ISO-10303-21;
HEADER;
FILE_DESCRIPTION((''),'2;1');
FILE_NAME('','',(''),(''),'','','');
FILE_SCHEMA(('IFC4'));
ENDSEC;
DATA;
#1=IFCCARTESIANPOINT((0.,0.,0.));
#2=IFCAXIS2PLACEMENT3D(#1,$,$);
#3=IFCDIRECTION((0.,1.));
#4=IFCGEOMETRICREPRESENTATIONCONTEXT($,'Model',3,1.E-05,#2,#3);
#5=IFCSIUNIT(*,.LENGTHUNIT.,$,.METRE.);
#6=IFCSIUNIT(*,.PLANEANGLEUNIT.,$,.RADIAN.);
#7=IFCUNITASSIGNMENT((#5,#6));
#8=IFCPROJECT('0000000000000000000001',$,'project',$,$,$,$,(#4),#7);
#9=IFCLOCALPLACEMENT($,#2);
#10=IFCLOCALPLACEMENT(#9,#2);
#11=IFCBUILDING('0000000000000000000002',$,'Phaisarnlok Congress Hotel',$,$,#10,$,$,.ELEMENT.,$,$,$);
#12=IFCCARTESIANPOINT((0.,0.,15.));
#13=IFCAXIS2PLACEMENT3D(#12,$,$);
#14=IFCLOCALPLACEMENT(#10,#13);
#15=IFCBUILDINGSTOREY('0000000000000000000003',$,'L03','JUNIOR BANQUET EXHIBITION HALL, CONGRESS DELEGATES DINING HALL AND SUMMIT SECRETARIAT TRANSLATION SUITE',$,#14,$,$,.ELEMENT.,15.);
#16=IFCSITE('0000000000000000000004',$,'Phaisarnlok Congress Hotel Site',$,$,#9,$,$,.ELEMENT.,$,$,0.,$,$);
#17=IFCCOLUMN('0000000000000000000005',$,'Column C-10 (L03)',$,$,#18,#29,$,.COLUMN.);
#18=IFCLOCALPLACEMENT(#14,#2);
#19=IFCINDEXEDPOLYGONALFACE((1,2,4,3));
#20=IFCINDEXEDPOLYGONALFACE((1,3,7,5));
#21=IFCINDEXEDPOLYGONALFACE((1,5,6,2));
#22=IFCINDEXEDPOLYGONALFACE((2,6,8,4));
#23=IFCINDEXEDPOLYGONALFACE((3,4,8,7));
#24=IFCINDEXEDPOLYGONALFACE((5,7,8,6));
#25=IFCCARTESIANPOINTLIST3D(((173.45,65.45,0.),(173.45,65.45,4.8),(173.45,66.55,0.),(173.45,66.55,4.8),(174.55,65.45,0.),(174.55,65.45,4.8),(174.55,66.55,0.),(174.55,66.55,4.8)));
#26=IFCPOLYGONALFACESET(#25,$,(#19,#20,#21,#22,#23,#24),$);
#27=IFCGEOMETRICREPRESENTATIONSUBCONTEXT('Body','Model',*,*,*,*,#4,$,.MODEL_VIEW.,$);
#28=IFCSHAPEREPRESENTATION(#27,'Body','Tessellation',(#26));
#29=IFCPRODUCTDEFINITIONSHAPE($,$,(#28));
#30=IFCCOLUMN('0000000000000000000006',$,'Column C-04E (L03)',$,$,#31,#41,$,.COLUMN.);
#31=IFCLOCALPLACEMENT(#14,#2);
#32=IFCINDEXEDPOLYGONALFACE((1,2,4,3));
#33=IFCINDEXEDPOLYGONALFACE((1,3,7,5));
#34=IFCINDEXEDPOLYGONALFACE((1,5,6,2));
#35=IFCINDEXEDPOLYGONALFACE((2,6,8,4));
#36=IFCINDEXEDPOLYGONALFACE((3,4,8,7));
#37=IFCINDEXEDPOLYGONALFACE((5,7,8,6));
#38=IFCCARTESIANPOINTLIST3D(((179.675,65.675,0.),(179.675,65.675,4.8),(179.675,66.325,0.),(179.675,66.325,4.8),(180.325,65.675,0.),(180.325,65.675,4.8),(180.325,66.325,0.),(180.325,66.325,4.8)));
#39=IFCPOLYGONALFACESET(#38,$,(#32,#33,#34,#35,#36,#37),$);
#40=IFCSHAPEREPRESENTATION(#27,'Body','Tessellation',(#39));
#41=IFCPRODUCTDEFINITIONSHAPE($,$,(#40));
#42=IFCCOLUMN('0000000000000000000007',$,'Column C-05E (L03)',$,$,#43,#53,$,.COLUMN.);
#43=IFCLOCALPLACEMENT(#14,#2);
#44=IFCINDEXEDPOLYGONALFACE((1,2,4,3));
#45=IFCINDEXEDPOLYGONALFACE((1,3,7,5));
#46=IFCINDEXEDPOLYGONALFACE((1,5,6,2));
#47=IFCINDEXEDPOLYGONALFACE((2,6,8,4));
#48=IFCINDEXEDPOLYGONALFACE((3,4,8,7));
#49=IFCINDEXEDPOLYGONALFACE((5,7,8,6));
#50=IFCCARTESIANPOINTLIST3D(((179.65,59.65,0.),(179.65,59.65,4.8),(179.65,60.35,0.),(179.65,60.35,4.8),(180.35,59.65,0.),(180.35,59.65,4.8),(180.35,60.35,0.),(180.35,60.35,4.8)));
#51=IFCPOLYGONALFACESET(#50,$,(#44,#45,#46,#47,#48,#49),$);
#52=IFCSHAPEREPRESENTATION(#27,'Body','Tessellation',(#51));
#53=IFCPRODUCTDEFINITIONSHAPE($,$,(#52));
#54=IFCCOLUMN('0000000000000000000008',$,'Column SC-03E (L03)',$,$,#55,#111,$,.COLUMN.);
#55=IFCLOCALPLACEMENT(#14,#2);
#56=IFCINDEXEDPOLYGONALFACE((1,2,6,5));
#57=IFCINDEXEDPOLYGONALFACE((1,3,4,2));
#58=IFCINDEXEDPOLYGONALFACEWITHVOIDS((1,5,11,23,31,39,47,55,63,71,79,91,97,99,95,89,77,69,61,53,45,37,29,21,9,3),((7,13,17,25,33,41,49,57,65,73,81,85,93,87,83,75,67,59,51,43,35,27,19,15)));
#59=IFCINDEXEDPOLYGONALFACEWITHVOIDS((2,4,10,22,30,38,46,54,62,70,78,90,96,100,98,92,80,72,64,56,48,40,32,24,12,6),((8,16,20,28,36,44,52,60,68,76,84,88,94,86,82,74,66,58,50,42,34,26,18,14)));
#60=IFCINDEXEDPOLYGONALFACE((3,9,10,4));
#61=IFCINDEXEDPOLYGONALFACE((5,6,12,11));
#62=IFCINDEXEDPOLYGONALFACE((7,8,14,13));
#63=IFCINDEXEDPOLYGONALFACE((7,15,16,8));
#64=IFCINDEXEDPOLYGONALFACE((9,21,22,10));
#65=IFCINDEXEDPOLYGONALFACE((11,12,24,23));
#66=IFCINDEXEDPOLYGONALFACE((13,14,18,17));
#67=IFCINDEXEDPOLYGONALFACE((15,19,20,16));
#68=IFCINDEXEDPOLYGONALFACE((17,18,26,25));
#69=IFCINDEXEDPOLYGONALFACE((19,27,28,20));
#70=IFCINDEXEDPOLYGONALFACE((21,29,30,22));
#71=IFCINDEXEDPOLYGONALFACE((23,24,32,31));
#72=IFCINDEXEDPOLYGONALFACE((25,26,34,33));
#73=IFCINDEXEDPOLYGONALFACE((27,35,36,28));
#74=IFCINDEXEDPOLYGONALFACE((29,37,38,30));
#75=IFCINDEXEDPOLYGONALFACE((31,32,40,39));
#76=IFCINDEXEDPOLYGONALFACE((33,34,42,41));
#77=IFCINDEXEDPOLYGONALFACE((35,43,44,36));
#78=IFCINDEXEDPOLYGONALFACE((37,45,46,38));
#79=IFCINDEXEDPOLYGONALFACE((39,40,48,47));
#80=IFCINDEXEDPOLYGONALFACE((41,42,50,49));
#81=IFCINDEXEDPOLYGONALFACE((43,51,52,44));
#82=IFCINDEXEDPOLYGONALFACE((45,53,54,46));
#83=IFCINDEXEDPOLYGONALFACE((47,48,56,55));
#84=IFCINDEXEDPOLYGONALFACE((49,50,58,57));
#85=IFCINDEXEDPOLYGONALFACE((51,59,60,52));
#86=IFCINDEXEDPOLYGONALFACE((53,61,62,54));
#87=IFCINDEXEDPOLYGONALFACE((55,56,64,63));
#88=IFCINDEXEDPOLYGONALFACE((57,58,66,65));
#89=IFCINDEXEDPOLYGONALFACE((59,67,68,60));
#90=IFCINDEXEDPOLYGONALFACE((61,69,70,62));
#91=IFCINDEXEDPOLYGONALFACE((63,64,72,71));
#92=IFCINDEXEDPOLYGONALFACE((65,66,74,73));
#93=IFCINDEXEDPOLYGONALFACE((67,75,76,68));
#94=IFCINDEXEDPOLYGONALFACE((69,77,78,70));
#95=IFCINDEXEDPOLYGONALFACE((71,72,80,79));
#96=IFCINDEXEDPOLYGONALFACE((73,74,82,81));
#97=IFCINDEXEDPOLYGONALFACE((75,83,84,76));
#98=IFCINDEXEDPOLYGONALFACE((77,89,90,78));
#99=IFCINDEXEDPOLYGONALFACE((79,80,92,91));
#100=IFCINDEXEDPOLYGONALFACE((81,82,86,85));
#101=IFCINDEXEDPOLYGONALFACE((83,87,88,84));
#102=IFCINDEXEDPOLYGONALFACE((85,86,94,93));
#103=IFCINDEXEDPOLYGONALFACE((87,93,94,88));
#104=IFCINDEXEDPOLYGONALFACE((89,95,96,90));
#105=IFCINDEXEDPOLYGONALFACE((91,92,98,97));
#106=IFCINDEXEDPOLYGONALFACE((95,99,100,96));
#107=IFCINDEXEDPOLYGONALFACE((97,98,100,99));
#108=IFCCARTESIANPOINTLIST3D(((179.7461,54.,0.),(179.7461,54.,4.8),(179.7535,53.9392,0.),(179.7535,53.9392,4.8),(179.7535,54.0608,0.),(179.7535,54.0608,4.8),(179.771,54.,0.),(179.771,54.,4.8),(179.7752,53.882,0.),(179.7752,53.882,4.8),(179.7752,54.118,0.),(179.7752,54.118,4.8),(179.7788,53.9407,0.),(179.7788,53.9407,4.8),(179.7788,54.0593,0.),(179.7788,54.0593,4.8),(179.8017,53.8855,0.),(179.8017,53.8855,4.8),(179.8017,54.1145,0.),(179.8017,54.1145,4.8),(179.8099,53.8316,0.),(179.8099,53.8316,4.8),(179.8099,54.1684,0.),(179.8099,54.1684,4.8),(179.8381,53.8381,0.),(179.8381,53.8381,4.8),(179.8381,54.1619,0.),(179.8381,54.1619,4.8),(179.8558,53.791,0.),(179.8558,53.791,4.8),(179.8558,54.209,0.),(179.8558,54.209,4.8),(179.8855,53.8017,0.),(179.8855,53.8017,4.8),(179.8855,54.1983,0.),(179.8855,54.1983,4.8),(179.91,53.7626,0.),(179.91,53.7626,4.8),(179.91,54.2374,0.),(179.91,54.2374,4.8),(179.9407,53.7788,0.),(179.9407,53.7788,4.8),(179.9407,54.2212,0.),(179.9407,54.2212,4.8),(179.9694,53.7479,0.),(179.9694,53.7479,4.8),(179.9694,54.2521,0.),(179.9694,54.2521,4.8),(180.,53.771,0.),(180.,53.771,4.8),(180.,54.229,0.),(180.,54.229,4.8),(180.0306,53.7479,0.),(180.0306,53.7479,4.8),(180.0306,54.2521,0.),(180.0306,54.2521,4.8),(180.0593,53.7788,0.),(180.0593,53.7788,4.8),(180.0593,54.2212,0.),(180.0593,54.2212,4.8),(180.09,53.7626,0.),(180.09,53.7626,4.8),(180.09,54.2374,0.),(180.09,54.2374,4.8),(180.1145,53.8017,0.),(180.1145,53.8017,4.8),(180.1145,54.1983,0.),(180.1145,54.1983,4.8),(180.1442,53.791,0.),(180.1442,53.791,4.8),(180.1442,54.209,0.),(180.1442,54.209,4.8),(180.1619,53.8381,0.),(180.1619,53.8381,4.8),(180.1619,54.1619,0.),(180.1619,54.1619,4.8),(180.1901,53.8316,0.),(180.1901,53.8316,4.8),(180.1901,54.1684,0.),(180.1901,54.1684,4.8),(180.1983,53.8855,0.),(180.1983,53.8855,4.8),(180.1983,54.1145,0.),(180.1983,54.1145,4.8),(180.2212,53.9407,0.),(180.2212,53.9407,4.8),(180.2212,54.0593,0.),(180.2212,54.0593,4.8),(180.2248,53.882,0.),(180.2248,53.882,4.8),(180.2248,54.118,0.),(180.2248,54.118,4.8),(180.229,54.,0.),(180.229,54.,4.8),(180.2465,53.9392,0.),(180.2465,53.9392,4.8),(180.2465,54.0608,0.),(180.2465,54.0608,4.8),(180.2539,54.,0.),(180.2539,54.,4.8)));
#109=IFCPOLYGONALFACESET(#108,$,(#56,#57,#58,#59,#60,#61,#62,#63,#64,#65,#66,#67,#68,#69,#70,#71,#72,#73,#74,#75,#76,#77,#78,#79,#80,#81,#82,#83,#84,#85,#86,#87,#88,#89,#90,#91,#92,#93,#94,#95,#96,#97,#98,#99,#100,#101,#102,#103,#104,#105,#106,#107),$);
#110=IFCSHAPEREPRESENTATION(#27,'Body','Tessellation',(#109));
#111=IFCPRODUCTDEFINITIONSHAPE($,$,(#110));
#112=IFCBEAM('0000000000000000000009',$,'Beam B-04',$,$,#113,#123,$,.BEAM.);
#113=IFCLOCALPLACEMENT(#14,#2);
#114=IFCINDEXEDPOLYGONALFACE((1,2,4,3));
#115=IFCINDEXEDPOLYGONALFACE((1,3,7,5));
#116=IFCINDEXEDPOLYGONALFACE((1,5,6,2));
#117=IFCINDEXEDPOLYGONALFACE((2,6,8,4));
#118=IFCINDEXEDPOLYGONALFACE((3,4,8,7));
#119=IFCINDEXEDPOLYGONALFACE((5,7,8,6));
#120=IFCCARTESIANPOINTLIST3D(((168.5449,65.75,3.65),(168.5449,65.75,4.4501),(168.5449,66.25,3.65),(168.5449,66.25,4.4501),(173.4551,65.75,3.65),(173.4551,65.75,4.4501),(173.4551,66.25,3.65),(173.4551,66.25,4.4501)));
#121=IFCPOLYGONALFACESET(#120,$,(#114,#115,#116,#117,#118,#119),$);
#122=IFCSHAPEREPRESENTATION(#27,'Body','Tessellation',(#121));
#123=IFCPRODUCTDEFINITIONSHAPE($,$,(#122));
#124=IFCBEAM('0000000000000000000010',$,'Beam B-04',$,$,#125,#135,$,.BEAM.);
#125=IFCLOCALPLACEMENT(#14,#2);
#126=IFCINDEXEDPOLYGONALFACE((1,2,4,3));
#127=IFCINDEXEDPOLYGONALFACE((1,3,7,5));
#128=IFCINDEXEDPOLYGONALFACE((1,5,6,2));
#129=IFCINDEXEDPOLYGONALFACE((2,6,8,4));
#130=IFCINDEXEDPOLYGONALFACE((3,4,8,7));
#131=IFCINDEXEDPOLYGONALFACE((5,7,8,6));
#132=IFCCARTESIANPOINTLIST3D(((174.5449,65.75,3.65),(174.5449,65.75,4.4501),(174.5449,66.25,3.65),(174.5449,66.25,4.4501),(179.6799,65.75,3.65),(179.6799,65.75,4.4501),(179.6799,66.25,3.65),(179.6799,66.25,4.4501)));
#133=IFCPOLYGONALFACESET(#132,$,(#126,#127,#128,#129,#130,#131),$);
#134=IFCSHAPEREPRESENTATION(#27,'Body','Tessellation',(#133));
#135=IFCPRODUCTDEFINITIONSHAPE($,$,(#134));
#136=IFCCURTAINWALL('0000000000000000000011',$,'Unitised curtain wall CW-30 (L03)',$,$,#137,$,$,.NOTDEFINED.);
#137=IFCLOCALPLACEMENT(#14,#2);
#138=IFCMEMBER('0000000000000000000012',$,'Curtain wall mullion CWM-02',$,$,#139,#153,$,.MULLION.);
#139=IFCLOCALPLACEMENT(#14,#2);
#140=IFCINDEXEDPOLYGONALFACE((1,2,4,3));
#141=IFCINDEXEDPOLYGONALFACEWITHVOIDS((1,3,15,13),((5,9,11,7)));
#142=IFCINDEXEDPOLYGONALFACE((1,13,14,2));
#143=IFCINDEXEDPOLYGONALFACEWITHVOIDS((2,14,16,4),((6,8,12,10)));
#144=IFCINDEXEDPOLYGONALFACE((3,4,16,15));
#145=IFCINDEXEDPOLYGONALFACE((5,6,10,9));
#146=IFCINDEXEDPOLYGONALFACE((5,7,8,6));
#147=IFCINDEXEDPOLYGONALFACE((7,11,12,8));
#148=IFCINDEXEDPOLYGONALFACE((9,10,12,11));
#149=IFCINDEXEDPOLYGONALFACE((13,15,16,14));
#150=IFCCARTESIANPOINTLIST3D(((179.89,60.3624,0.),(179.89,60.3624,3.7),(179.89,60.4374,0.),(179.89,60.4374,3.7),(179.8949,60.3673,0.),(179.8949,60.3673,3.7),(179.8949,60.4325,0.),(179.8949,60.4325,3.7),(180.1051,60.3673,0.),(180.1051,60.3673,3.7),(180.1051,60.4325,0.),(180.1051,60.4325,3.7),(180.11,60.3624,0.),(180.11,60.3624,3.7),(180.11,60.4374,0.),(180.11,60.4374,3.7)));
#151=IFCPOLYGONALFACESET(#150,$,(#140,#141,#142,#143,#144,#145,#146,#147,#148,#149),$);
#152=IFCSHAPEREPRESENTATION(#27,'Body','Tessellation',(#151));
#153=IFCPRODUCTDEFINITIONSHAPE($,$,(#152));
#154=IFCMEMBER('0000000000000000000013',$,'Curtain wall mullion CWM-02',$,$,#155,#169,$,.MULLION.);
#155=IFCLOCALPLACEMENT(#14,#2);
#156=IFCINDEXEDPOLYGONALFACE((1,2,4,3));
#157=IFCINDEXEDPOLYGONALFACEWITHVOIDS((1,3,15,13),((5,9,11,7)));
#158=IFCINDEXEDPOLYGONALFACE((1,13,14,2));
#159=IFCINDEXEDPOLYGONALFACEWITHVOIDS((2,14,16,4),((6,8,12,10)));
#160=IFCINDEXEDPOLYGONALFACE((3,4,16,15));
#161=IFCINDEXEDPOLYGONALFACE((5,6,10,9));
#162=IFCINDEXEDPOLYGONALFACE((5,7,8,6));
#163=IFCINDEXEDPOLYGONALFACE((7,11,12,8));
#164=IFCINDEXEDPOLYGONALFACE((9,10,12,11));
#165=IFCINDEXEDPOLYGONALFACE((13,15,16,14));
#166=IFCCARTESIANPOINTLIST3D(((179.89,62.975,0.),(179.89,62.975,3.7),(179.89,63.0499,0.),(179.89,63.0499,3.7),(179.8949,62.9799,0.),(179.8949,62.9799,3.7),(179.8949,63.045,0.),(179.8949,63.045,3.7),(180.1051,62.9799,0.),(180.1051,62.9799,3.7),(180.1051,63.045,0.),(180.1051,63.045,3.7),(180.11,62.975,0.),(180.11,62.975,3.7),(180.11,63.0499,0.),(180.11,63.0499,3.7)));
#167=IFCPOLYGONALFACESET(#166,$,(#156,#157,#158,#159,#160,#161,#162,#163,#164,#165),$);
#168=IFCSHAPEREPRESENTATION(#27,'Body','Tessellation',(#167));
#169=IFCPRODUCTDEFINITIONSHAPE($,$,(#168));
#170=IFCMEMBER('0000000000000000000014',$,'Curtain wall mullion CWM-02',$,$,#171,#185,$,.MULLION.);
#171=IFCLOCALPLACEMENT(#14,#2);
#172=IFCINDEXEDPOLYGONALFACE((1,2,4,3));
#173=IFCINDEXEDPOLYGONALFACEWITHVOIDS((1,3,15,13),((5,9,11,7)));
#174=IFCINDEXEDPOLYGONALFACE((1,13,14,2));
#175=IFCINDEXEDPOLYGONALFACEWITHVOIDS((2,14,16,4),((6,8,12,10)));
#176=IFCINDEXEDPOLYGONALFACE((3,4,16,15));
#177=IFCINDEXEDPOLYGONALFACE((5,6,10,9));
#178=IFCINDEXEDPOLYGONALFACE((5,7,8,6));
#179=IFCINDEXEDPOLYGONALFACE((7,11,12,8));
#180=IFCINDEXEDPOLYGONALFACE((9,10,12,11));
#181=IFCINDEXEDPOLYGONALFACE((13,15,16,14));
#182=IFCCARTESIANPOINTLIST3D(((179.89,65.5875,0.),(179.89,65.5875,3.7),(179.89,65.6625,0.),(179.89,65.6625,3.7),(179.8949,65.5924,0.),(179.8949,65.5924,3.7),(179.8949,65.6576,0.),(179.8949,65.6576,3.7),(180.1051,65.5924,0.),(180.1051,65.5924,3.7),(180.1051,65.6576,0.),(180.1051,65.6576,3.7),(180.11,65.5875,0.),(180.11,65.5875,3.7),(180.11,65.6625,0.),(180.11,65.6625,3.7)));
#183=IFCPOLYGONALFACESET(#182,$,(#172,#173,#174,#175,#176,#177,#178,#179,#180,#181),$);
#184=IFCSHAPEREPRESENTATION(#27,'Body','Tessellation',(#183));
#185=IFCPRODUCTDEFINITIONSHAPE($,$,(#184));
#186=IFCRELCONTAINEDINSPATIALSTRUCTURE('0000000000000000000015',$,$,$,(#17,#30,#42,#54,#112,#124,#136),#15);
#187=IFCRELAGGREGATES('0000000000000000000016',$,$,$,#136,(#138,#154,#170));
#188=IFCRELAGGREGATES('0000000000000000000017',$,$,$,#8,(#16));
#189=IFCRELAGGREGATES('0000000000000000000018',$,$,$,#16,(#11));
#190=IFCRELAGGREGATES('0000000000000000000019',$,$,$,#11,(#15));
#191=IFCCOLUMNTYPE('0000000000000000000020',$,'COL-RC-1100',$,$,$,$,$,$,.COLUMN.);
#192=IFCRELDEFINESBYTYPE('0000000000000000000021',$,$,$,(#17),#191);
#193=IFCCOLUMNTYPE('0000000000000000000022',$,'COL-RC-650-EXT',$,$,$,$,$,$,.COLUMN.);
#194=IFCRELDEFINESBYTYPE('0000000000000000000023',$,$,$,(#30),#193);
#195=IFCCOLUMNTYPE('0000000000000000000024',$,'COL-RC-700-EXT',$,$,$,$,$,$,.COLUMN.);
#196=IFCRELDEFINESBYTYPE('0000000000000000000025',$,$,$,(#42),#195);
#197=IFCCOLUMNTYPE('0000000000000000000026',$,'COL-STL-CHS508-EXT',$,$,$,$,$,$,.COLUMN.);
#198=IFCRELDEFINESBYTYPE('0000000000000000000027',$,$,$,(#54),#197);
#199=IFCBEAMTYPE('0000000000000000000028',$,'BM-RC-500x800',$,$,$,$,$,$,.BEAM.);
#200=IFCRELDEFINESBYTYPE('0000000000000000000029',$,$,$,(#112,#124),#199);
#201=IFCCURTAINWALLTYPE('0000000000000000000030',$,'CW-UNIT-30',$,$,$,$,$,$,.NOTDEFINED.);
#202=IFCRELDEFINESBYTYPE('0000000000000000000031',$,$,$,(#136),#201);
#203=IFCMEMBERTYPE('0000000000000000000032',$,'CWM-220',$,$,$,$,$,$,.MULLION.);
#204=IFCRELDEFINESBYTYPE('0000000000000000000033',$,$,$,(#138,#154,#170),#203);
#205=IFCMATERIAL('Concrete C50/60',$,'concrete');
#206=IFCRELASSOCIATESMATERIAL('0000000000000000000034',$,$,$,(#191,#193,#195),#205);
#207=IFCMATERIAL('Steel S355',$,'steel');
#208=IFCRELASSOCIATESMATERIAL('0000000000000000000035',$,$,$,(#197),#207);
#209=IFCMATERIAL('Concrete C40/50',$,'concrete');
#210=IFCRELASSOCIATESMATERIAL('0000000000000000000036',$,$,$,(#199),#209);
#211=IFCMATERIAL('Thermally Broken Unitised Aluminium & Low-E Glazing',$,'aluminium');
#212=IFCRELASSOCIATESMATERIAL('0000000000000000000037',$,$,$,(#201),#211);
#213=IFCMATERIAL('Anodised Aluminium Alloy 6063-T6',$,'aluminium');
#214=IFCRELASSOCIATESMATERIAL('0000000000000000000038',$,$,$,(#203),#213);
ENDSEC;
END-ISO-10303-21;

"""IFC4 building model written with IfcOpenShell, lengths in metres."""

from ifc_helpers import new_model, si_unit, direction, frame, origin, origin_2d, place, context, subcontext, project, spatial, rectangle, hollow_rectangle, hollow_circle, extrude, material, material_profile, profile_set, type_object, element, aggregate, save


model = new_model("IFC4")

# Units and contexts
model_context = context("Model", 3, precision=1e-05, world=origin(), true_north=direction((0.0, 1.0)))
body_context = subcontext(model_context, "Body", "Model", "MODEL_VIEW")
ifc_project = project(units=[si_unit("LENGTHUNIT", "METRE"), si_unit("PLANEANGLEUNIT", "RADIAN")], contexts=[model_context])

# Site, building, storey
site_placement = place(None, origin())
site = spatial("IfcSite", under=ifc_project, at=site_placement, Name="Phaisarnlok Congress Hotel Site", CompositionType="ELEMENT", RefElevation=0.0)
building_placement = place(site_placement, origin())
building = spatial("IfcBuilding", under=site, at=building_placement, Name="Phaisarnlok Congress Hotel", CompositionType="ELEMENT")
storey_placement = place(building_placement, frame((0.0, 0.0, 15.0)))
storey = spatial("IfcBuildingStorey", under=building, at=storey_placement, Name="L03", Description="JUNIOR BANQUET EXHIBITION HALL, CONGRESS DELEGATES DINING HALL AND SUMMIT SECRETARIAT TRANSLATION SUITE", CompositionType="ELEMENT", Elevation=15.0)

# Columns
ifc_material_1 = material(Name="Concrete C50/60", Category="concrete")
ifc_material_profile_1 = material_profile(ifc_material_1, rectangle(XDim=1.1001, YDim=1.1001, at=origin_2d()), Name="RC 1100x1100")
ifc_profile_set_1 = profile_set([ifc_material_profile_1], Name="Concrete C50/60")
column_type_1 = type_object("IfcColumnType", Name="COL-RC-1100", PredefinedType="COLUMN", material=ifc_profile_set_1)
column_1_placement = place(storey_placement, frame((174.0, 66.0, 0.0), z_axis=(0.0, 0.0, 1.0), x_axis=(1.0, 0.0, 0.0)))
element("IfcColumn", 1, at=column_1_placement, inside=storey, type_object=column_type_1, Name="Column C-10 (L03)", PredefinedType="COLUMN", context=body_context, shape_type="SweptSolid", body=[
    extrude(rectangle(XDim=1.1001, YDim=1.1001, at=origin_2d()), origin(), (0.0, 0.0, 1.0), 4.8),
])
ifc_material_profile_2 = material_profile(ifc_material_1, rectangle(XDim=0.6499, YDim=0.6499, at=origin_2d()), Name="RC 650x650")
ifc_profile_set_2 = profile_set([ifc_material_profile_2], Name="Concrete C50/60")
column_type_2 = type_object("IfcColumnType", Name="COL-RC-650-EXT", PredefinedType="COLUMN", material=ifc_profile_set_2)
column_2_placement = place(storey_placement, frame((180.0, 66.0, 0.0), z_axis=(0.0, 0.0, 1.0), x_axis=(1.0, 0.0, 0.0)))
element("IfcColumn", 2, at=column_2_placement, inside=storey, type_object=column_type_2, Name="Column C-04E (L03)", PredefinedType="COLUMN", context=body_context, shape_type="SweptSolid", body=[
    extrude(rectangle(XDim=0.6499, YDim=0.6499, at=origin_2d()), origin(), (0.0, 0.0, 1.0), 4.8),
])
ifc_material_profile_3 = material_profile(ifc_material_1, rectangle(XDim=0.7, YDim=0.7, at=origin_2d()), Name="RC 700x700")
ifc_profile_set_3 = profile_set([ifc_material_profile_3], Name="Concrete C50/60")
column_type_3 = type_object("IfcColumnType", Name="COL-RC-700-EXT", PredefinedType="COLUMN", material=ifc_profile_set_3)
column_3_placement = place(storey_placement, frame((180.0, 60.0, 0.0), z_axis=(0.0, 0.0, 1.0), x_axis=(1.0, 0.0, 0.0)))
element("IfcColumn", 3, at=column_3_placement, inside=storey, type_object=column_type_3, Name="Column C-05E (L03)", PredefinedType="COLUMN", context=body_context, shape_type="SweptSolid", body=[
    extrude(rectangle(XDim=0.7, YDim=0.7, at=origin_2d()), origin(), (0.0, 0.0, 1.0), 4.8),
])
ifc_material_2 = material(Name="Steel S355", Category="steel")
ifc_material_profile_4 = material_profile(ifc_material_2, hollow_circle(Radius=0.2539, WallThickness=0.0249, at=origin_2d()), Name="CHS 508x25")
ifc_profile_set_4 = profile_set([ifc_material_profile_4], Name="Steel S355")
column_type_4 = type_object("IfcColumnType", Name="COL-STL-CHS508-EXT", PredefinedType="COLUMN", material=ifc_profile_set_4)
column_4_placement = place(storey_placement, frame((180.0, 54.0, 0.0), z_axis=(0.0, 0.0, 1.0), x_axis=(1.0, 0.0, 0.0)))
element("IfcColumn", 4, at=column_4_placement, inside=storey, type_object=column_type_4, Name="Column SC-03E (L03)", PredefinedType="COLUMN", context=body_context, shape_type="SweptSolid", body=[
    extrude(hollow_circle(Radius=0.2539, WallThickness=0.0249, at=origin_2d()), origin(), (0.0, 0.0, 1.0), 4.8),
])

# Beams
ifc_material_3 = material(Name="Concrete C40/50", Category="concrete")
ifc_material_profile_5 = material_profile(ifc_material_3, rectangle(XDim=0.5, YDim=0.8, at=origin_2d()), Name="RC 500x800")
ifc_profile_set_5 = profile_set([ifc_material_profile_5], Name="Concrete C40/50")
beam_type_1 = type_object("IfcBeamType", Name="BM-RC-500x800", PredefinedType="BEAM", material=ifc_profile_set_5)
beam_1_placement = place(storey_placement, frame((168.5449, 66.0, 4.05), z_axis=(1.0, 0.0, 0.0), x_axis=(0.0, 1.0, 0.0)))
element("IfcBeam", 5, at=beam_1_placement, inside=storey, type_object=beam_type_1, Name="Beam B-04", PredefinedType="BEAM", context=body_context, shape_type="SweptSolid", body=[
    extrude(rectangle(XDim=0.5, YDim=0.8, at=origin_2d()), origin(), (0.0, 0.0, 1.0), 4.9102),
])
beam_2_placement = place(storey_placement, frame((174.5449, 66.0, 4.05), z_axis=(1.0, 0.0, 0.0), x_axis=(0.0, 1.0, 0.0)))
element("IfcBeam", 6, at=beam_2_placement, inside=storey, type_object=beam_type_1, Name="Beam B-04", PredefinedType="BEAM", context=body_context, shape_type="SweptSolid", body=[
    extrude(rectangle(XDim=0.5, YDim=0.8, at=origin_2d()), origin(), (0.0, 0.0, 1.0), 5.135),
])

# Curtain wall, members
ifc_material_4 = material(Name="Thermally Broken Unitised Aluminium & Low-E Glazing", Category="aluminium")
curtain_wall_type = type_object("IfcCurtainWallType", Name="CW-UNIT-30", PredefinedType="NOTDEFINED", material=ifc_material_4)
curtain_wall_placement = place(storey_placement, origin())
curtain_wall = element("IfcCurtainWall", 7, at=curtain_wall_placement, inside=storey, type_object=curtain_wall_type, Name="Unitised curtain wall CW-30 (L03)", PredefinedType="NOTDEFINED")
ifc_material_5 = material(Name="Anodised Aluminium Alloy 6063-T6", Category="aluminium")
ifc_material_profile_6 = material_profile(ifc_material_5, hollow_rectangle(XDim=0.075, YDim=0.22, WallThickness=0.0049, at=origin_2d()), Name="ALU-M 75x220x5")
ifc_profile_set_6 = profile_set([ifc_material_profile_6], Name="Anodised Aluminium Alloy 6063-T6")
member_type_1 = type_object("IfcMemberType", Name="CWM-220", PredefinedType="MULLION", material=ifc_profile_set_6)
member_1_placement = place(storey_placement, frame((180.0, 60.3999, 0.0), z_axis=(0.0, 0.0, 1.0), x_axis=(0.0, 1.0, 0.0)))
member_1 = element("IfcMember", 8, at=member_1_placement, type_object=member_type_1, Name="Curtain wall mullion CWM-02", PredefinedType="MULLION", context=body_context, shape_type="SweptSolid", body=[
    extrude(hollow_rectangle(XDim=0.075, YDim=0.22, WallThickness=0.0049, at=origin_2d()), origin(), (0.0, 0.0, 1.0), 3.7),
])
member_2_placement = place(storey_placement, frame((180.0, 63.0125, 0.0), z_axis=(0.0, 0.0, 1.0), x_axis=(0.0, 1.0, 0.0)))
member_2 = element("IfcMember", 9, at=member_2_placement, type_object=member_type_1, Name="Curtain wall mullion CWM-02", PredefinedType="MULLION", context=body_context, shape_type="SweptSolid", body=[
    extrude(hollow_rectangle(XDim=0.075, YDim=0.22, WallThickness=0.0049, at=origin_2d()), origin(), (0.0, 0.0, 1.0), 3.7),
])
member_3_placement = place(storey_placement, frame((180.0, 65.625, 0.0), z_axis=(0.0, 0.0, 1.0), x_axis=(0.0, 1.0, 0.0)))
member_3 = element("IfcMember", 10, at=member_3_placement, type_object=member_type_1, Name="Curtain wall mullion CWM-02", PredefinedType="MULLION", context=body_context, shape_type="SweptSolid", body=[
    extrude(hollow_rectangle(XDim=0.075, YDim=0.22, WallThickness=0.0049, at=origin_2d()), origin(), (0.0, 0.0, 1.0), 3.7),
])

aggregate(curtain_wall, [member_1, member_2, member_3])

save(model, "model.ifc")
